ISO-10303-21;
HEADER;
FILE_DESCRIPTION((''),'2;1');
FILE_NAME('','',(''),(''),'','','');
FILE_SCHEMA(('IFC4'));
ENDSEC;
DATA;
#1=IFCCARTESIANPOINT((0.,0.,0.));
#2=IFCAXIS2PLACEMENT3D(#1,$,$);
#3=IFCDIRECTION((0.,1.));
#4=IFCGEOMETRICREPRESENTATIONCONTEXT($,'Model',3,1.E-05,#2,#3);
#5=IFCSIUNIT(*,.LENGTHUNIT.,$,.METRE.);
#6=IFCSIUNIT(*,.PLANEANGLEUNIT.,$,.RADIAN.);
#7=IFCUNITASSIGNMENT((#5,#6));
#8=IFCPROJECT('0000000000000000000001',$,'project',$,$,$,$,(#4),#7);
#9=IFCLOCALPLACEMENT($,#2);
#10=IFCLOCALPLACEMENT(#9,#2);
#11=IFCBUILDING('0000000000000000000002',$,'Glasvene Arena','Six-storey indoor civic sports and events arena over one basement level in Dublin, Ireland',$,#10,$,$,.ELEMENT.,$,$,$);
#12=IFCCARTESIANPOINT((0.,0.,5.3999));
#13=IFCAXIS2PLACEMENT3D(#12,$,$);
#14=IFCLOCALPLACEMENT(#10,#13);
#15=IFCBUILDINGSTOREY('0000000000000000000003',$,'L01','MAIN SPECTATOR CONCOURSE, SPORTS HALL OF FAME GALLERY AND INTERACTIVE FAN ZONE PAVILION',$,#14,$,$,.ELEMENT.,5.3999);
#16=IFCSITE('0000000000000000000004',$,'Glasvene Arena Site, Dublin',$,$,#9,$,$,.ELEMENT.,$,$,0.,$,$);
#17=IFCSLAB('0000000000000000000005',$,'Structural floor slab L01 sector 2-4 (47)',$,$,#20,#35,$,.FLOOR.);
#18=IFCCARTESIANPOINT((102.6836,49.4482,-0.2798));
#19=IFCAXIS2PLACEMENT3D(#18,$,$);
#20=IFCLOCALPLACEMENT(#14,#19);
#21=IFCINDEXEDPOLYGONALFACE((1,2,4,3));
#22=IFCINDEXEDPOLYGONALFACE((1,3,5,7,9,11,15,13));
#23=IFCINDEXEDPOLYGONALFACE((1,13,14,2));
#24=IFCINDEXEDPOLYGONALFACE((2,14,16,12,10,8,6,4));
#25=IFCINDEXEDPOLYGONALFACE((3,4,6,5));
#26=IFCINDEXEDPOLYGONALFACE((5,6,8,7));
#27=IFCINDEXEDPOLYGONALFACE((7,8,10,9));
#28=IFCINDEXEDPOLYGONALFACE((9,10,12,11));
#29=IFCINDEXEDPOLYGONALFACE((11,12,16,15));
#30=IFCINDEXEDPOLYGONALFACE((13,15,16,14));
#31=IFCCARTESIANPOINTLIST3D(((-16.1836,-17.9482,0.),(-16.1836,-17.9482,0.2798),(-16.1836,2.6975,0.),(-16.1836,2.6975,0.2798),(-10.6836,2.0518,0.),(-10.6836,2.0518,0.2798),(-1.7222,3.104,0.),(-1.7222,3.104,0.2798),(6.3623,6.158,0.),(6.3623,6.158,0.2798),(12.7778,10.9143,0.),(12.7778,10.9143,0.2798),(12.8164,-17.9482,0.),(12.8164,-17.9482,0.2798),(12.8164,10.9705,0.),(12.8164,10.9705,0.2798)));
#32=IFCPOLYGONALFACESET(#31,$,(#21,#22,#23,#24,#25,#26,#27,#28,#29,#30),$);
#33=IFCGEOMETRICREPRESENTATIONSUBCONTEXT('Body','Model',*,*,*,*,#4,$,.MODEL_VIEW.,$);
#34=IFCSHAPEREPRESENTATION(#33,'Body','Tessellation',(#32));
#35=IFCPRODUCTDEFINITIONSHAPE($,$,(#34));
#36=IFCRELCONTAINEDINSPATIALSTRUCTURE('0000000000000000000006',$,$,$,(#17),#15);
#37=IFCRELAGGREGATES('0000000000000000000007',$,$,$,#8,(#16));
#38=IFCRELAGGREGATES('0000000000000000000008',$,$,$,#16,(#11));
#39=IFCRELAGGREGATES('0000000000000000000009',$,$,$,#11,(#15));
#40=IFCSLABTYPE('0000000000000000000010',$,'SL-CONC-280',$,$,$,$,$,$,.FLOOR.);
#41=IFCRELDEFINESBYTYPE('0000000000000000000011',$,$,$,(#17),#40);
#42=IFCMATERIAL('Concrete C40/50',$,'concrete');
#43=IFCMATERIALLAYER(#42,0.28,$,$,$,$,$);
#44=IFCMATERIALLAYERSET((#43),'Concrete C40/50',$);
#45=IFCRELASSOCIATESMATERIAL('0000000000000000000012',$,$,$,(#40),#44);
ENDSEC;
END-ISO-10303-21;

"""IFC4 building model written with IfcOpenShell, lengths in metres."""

from ifc_helpers import new_model, si_unit, direction, frame, origin, place, context, subcontext, project, spatial, polyline, outline, extrude, material, layer, layer_set, type_object, element, save


model = new_model("IFC4")

# Units and contexts
model_context = context("Model", 3, precision=1e-05, world=origin(), true_north=direction((0.0, 1.0)))
body_context = subcontext(model_context, "Body", "Model", "MODEL_VIEW")
ifc_project = project(units=[si_unit("LENGTHUNIT", "METRE"), si_unit("PLANEANGLEUNIT", "RADIAN")], contexts=[model_context])

# Site, building, storey
site_placement = place(None, origin())
site = spatial("IfcSite", under=ifc_project, at=site_placement, Name="Glasvene Arena Site, Dublin", CompositionType="ELEMENT", RefElevation=0.0)
building_placement = place(site_placement, origin())
building = spatial("IfcBuilding", under=site, at=building_placement, Name="Glasvene Arena", Description="Six-storey indoor civic sports and events arena over one basement level in Dublin, Ireland", CompositionType="ELEMENT")
storey_placement = place(building_placement, frame((0.0, 0.0, 5.3999)))
storey = spatial("IfcBuildingStorey", under=building, at=storey_placement, Name="L01", Description="MAIN SPECTATOR CONCOURSE, SPORTS HALL OF FAME GALLERY AND INTERACTIVE FAN ZONE PAVILION", CompositionType="ELEMENT", Elevation=5.3999)

# Shared definitions
ifc_material_1 = material(Name="Concrete C40/50", Category="concrete")

# Slab
ifc_layer = layer(ifc_material_1, 0.28)
ifc_layer_set = layer_set([ifc_layer], Name="Concrete C40/50")
slab_type = type_object("IfcSlabType", Name="SL-CONC-280", PredefinedType="FLOOR", material=ifc_layer_set)
slab_placement = place(storey_placement, frame((102.6836, 49.4482, -0.2798)))
element("IfcSlab", 1, at=slab_placement, inside=storey, type_object=slab_type, Name="Structural floor slab L01 sector 2-4 (47)", PredefinedType="FLOOR", context=body_context, shape_type="SweptSolid", body=[
    extrude(outline(polyline([(-1.7222, 3.104), (6.3623, 6.158), (12.7778, 10.9143), (12.8164, 10.9705), (12.8164, -17.9482), (-16.1836, -17.9482), (-16.1836, 2.6975), (-10.6836, 2.0518), (-1.7222, 3.104)])), origin(), (0.0, 0.0, 1.0), 0.2798),
])

save(model, "model.ifc")
